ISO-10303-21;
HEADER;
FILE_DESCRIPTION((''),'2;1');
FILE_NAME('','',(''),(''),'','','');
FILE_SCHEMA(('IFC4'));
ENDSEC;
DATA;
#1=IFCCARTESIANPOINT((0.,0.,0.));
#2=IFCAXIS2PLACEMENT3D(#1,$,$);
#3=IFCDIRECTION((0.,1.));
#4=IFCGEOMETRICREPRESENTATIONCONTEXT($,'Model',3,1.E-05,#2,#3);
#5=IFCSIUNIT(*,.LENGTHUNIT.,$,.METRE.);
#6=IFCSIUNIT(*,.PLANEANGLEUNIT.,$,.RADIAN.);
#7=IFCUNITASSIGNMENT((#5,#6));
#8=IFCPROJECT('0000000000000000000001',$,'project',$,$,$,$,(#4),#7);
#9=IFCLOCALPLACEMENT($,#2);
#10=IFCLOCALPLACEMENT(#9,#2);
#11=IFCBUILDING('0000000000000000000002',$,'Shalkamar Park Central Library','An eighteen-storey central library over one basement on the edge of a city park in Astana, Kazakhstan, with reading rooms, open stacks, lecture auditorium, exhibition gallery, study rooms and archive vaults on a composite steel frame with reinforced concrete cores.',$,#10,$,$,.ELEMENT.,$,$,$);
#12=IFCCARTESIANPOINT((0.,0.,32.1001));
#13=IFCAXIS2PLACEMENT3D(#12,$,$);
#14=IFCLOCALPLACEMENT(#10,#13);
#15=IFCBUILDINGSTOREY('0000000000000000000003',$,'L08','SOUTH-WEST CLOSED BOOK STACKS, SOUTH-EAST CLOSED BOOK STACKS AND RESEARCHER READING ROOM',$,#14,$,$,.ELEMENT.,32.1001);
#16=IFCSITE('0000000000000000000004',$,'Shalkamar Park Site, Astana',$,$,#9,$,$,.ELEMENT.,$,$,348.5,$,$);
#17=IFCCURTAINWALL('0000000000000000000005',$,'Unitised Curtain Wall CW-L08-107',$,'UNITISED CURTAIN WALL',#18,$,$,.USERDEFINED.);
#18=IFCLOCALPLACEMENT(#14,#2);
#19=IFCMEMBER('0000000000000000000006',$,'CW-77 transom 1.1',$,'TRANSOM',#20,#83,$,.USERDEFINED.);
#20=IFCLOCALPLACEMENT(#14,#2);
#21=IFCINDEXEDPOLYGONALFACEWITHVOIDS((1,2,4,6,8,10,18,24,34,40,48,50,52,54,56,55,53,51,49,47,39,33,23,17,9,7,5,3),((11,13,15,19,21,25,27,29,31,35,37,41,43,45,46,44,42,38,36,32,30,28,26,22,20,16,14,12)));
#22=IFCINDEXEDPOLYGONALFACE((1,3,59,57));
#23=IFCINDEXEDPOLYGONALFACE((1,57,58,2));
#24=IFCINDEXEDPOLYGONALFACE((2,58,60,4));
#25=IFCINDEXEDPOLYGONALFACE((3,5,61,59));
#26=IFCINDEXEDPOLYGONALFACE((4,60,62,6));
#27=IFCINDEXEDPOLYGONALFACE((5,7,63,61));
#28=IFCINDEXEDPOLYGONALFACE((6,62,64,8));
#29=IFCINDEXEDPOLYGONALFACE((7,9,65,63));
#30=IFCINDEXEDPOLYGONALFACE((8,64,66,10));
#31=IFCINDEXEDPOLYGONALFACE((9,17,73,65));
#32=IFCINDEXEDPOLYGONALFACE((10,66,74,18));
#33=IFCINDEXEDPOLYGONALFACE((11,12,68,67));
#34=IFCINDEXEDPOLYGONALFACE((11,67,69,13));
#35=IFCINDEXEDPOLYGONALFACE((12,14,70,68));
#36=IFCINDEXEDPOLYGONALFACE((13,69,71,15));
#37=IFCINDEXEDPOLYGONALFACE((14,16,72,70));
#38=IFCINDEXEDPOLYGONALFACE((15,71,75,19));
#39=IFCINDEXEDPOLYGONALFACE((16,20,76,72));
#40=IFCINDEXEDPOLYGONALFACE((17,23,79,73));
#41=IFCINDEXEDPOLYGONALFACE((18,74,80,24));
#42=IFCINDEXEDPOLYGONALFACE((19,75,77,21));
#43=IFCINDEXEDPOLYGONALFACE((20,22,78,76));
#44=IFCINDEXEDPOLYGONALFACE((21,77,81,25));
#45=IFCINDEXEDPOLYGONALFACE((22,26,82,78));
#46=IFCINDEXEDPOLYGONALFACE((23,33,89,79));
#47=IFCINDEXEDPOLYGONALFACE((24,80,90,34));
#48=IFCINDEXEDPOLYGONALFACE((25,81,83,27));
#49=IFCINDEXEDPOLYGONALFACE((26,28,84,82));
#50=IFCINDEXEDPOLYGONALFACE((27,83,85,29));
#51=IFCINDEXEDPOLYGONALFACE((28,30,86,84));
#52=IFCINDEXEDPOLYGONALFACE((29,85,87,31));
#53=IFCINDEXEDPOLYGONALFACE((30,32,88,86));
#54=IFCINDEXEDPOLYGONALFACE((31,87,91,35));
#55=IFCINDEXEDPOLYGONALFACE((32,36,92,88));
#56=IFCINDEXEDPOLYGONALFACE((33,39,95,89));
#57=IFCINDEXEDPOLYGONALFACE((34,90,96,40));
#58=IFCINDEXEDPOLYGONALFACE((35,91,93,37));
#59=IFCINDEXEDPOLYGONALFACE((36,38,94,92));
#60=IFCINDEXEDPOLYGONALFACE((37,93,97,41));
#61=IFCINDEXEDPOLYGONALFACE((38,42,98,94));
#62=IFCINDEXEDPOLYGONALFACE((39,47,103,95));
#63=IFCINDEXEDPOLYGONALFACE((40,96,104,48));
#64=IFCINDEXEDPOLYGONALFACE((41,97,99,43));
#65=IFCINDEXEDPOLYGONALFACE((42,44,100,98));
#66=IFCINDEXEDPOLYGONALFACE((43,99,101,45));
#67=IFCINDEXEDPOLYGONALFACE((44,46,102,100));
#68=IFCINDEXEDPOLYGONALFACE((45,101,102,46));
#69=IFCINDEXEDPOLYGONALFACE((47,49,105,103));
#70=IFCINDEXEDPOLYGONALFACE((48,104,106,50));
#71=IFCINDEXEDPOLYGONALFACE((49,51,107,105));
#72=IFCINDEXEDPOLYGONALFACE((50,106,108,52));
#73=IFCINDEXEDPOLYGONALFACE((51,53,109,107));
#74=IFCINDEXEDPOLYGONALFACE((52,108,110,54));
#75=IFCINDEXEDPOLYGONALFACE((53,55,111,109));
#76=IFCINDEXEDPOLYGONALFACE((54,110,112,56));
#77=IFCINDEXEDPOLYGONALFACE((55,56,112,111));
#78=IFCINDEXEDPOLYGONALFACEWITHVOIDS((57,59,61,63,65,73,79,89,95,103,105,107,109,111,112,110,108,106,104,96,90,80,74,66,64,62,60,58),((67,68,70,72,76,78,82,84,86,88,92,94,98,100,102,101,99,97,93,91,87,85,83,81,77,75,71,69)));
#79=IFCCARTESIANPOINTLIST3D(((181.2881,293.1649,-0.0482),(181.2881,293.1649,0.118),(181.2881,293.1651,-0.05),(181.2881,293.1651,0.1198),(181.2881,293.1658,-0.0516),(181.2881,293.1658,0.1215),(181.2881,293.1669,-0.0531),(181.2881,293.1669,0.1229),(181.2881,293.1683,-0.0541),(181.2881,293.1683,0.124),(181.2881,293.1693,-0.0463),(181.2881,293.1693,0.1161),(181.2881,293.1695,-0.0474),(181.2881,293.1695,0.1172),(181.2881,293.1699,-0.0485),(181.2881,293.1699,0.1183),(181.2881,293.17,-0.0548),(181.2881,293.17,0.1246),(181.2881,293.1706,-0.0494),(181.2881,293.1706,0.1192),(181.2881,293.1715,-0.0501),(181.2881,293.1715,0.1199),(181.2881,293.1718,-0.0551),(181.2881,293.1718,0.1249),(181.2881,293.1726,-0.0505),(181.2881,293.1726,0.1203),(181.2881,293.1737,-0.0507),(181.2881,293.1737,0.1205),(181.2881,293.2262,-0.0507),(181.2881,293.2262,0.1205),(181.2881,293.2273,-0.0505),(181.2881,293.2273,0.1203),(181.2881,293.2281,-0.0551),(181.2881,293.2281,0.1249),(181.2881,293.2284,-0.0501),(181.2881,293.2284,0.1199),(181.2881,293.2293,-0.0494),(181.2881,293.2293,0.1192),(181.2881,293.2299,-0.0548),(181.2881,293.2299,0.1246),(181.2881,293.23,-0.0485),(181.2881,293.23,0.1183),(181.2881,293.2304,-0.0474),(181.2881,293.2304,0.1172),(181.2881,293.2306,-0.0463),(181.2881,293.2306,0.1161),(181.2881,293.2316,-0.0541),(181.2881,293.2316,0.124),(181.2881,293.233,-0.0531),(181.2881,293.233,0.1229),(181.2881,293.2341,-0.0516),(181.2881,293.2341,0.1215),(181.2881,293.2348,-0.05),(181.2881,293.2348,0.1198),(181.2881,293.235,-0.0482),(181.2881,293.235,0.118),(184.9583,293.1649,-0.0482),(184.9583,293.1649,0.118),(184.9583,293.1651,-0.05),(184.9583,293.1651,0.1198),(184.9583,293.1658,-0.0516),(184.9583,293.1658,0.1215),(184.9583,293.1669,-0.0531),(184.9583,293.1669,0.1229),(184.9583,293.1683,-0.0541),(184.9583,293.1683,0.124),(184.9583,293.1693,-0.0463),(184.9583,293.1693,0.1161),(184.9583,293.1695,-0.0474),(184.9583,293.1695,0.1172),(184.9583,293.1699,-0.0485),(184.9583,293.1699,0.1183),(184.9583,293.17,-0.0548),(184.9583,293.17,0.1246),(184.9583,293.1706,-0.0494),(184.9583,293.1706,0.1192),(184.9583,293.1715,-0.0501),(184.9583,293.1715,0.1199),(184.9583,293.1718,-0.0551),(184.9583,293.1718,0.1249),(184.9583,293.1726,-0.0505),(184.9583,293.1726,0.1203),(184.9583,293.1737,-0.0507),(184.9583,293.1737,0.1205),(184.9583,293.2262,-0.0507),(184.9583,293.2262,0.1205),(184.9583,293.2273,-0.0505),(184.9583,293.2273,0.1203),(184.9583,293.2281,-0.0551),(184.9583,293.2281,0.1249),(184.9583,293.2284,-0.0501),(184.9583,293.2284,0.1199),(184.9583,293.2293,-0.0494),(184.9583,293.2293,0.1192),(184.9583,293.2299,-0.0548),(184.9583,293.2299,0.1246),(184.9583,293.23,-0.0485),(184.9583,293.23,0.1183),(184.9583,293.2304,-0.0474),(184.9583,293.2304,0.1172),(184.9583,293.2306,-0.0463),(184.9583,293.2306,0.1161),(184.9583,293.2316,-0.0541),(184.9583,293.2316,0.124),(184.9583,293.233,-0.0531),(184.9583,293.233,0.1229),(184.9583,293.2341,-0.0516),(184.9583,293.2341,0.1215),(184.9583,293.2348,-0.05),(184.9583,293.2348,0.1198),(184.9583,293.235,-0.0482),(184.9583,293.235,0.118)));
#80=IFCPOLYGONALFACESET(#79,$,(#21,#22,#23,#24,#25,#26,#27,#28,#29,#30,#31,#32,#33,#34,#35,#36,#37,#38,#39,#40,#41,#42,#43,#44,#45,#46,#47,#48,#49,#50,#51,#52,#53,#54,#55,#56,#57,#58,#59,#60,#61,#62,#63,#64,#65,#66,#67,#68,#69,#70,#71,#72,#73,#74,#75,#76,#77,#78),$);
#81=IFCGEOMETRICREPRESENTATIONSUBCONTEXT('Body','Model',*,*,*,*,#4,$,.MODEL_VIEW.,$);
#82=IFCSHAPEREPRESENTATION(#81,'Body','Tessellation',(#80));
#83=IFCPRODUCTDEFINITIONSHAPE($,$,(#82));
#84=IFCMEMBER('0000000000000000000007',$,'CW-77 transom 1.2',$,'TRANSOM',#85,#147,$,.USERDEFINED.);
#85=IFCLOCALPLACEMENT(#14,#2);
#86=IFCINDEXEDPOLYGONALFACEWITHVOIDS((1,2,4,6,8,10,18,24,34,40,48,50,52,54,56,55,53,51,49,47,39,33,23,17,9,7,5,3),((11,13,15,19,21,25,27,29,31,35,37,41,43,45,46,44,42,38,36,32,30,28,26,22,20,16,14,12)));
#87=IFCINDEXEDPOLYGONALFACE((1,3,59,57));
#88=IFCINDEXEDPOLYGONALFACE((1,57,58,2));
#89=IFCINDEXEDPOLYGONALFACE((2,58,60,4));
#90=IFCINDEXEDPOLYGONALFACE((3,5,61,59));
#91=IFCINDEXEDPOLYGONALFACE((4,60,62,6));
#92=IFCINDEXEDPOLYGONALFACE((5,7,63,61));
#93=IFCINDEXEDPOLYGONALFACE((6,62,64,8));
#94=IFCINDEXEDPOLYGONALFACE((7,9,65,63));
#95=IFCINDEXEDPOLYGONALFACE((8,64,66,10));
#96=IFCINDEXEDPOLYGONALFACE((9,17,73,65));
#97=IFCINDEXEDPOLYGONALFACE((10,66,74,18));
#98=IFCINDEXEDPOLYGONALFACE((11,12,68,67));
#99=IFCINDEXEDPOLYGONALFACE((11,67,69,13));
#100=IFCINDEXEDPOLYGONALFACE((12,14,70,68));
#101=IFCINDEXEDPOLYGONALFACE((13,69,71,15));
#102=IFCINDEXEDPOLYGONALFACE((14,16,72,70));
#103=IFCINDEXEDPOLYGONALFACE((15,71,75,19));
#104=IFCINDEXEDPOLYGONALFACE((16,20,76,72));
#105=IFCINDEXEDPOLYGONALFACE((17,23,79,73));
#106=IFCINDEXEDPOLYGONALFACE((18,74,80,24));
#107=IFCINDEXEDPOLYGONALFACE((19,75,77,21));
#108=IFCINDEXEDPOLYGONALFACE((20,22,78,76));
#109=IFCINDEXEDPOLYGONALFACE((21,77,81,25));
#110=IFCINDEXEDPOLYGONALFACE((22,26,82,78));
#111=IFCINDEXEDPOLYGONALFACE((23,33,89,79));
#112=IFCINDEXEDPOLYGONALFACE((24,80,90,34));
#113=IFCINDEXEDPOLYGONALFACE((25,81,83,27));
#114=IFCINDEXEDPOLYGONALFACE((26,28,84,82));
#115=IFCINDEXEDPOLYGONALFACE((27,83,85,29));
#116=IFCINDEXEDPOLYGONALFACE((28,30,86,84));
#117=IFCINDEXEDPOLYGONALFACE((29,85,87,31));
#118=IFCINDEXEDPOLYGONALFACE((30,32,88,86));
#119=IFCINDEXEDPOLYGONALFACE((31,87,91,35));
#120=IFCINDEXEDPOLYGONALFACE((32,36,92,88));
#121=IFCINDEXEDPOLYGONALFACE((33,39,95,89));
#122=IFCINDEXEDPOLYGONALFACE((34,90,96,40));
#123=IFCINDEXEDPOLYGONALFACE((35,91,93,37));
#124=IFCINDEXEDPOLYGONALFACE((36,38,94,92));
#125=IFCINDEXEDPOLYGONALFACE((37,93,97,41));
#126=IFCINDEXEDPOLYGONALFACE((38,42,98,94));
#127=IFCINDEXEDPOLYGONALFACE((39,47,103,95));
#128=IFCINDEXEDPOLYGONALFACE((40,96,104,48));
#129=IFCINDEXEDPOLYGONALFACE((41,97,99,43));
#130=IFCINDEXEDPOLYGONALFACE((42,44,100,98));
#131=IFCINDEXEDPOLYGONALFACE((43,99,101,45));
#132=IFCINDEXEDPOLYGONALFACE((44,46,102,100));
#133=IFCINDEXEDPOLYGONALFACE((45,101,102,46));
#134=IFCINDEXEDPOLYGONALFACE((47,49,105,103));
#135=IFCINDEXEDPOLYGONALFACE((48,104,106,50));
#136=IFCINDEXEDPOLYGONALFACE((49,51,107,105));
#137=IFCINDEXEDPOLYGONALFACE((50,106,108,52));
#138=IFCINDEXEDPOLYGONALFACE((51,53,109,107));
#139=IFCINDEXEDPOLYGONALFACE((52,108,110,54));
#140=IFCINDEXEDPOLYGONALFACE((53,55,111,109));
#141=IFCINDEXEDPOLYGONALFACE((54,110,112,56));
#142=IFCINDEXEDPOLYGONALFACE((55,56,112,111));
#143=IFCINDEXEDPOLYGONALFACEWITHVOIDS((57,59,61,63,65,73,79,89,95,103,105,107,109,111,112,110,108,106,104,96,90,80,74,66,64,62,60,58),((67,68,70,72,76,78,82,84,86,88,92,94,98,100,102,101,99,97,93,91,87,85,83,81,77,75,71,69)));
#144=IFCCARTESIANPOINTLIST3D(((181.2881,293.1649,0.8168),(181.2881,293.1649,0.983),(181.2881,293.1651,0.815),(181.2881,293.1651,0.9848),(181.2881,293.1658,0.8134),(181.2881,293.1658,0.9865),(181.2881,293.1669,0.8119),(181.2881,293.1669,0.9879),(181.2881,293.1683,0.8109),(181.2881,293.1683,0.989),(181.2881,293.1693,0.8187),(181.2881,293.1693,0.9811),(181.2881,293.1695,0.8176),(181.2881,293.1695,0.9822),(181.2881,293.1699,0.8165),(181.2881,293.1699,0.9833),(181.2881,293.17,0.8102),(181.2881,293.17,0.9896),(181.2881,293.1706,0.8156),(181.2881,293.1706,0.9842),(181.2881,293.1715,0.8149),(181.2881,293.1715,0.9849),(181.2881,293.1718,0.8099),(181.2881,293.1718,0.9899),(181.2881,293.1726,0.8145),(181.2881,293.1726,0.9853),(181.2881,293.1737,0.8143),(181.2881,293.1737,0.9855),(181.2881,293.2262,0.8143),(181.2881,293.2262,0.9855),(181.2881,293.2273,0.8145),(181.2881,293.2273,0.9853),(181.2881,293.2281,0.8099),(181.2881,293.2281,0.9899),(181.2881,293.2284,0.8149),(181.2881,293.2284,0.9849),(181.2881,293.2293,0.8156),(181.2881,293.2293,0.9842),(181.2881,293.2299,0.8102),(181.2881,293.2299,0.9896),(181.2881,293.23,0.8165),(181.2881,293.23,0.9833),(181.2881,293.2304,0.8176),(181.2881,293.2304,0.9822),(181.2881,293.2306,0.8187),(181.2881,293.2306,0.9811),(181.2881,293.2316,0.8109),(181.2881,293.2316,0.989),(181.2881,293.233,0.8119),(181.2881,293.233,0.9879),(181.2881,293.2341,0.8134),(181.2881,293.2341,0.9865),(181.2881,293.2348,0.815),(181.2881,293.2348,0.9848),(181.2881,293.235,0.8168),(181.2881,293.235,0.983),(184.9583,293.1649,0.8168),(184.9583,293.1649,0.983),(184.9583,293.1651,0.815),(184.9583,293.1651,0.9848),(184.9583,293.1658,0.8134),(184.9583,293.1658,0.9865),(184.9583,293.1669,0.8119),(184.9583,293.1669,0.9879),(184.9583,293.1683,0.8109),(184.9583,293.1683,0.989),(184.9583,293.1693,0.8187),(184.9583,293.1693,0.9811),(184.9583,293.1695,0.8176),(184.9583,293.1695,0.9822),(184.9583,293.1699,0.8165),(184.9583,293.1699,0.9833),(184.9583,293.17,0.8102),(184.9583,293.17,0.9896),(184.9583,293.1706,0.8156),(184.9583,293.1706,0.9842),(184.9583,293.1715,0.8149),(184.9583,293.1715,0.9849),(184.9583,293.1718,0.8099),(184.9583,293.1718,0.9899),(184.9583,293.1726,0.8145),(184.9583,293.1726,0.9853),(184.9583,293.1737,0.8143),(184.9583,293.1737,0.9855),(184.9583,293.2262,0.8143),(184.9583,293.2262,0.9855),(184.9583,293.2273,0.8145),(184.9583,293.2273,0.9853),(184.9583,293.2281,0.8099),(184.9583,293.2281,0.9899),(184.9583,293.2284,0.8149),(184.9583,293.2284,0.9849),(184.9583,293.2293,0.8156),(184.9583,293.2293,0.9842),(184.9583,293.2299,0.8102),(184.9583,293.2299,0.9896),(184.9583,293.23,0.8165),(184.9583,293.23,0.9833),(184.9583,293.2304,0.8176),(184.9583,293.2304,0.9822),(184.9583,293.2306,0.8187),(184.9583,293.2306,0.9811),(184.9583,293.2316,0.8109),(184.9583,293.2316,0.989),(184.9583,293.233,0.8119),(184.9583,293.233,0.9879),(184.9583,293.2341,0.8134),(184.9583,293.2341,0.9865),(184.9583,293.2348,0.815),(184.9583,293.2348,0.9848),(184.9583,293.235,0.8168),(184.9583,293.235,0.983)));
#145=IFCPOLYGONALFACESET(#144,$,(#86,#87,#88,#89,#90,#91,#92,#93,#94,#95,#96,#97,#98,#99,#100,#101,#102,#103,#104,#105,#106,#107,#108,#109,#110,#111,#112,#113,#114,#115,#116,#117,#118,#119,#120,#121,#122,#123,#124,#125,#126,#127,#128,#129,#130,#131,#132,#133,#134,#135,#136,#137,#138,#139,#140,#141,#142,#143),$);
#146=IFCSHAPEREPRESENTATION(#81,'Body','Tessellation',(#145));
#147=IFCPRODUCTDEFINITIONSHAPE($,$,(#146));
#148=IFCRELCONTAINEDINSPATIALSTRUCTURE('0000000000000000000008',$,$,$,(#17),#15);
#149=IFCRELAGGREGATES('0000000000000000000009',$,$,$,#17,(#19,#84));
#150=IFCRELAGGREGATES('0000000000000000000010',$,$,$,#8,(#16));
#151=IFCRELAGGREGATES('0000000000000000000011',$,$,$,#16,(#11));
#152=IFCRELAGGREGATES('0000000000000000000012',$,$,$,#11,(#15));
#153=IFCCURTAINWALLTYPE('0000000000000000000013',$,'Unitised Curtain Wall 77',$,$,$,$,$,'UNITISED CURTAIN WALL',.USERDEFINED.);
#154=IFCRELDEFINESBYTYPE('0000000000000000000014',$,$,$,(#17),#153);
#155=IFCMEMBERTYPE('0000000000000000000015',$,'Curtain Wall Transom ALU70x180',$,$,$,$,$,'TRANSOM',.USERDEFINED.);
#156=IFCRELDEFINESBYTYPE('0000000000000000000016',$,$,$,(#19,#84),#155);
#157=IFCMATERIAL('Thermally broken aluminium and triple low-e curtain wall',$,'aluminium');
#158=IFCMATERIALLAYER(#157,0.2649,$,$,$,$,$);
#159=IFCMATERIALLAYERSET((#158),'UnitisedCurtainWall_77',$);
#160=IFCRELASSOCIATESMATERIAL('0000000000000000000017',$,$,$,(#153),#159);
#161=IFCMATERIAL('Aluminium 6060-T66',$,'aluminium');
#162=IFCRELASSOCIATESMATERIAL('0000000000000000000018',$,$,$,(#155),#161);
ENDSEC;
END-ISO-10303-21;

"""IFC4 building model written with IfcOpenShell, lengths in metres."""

from ifc_helpers import new_model, si_unit, direction, frame, origin, origin_2d, place, context, subcontext, project, spatial, hollow_rectangle, extrude, material, layer, layer_set, material_profile, profile_set, type_object, element, aggregate, save


model = new_model("IFC4")

# Units and contexts
model_context = context("Model", 3, precision=1e-05, world=origin(), true_north=direction((0.0, 1.0)))
body_context = subcontext(model_context, "Body", "Model", "MODEL_VIEW")
ifc_project = project(units=[si_unit("LENGTHUNIT", "METRE"), si_unit("PLANEANGLEUNIT", "RADIAN")], contexts=[model_context])

# Site, building, storey
site_placement = place(None, origin())
site = spatial("IfcSite", under=ifc_project, at=site_placement, Name="Shalkamar Park Site, Astana", CompositionType="ELEMENT", RefElevation=348.5)
building_placement = place(site_placement, origin())
building = spatial("IfcBuilding", under=site, at=building_placement, Name="Shalkamar Park Central Library", Description="An eighteen-storey central library over one basement on the edge of a city park in Astana, Kazakhstan, with reading rooms, open stacks, lecture auditorium, exhibition gallery, study rooms and archive vaults on a composite steel frame with reinforced concrete cores.", CompositionType="ELEMENT")
storey_placement = place(building_placement, frame((0.0, 0.0, 32.1001)))
storey = spatial("IfcBuildingStorey", under=building, at=storey_placement, Name="L08", Description="SOUTH-WEST CLOSED BOOK STACKS, SOUTH-EAST CLOSED BOOK STACKS AND RESEARCHER READING ROOM", CompositionType="ELEMENT", Elevation=32.1001)

# Curtain wall
ifc_material_1 = material(Name="Thermally broken aluminium and triple low-e curtain wall", Category="aluminium")
ifc_layer_1 = layer(ifc_material_1, 0.2649)
ifc_layer_set_1 = layer_set([ifc_layer_1], Name="UnitisedCurtainWall_77")
curtain_wall_type_1 = type_object("IfcCurtainWallType", Name="Unitised Curtain Wall 77", ElementType="UNITISED CURTAIN WALL", PredefinedType="USERDEFINED", material=ifc_layer_set_1)
curtain_wall_1_placement = place(storey_placement, origin())
curtain_wall_1 = element("IfcCurtainWall", 1, at=curtain_wall_1_placement, inside=storey, type_object=curtain_wall_type_1, Name="Unitised Curtain Wall CW-L08-107", ObjectType="UNITISED CURTAIN WALL", PredefinedType="USERDEFINED")
ifc_material_2 = material(Name="Aluminium 6060-T66", Category="aluminium")

# Members
ifc_material_profile_1 = material_profile(ifc_material_2, hollow_rectangle(XDim=0.0701, YDim=0.1799, WallThickness=0.0044, InnerFilletRadius=0.0044, OuterFilletRadius=0.0068, at=origin_2d()), Name="ALU 70x180x4.5")
ifc_profile_set_1 = profile_set([ifc_material_profile_1], Name="Aluminium 6060-T66")
member_type_1 = type_object("IfcMemberType", Name="Curtain Wall Transom ALU70x180", ElementType="TRANSOM", PredefinedType="USERDEFINED", material=ifc_profile_set_1)
member_1_placement = place(storey_placement, frame((181.2881, 293.2, 0.0349), z_axis=(1.0, 0.0, 0.0), x_axis=(0.0, 1.0, 0.0)))
member_1 = element("IfcMember", 2, at=member_1_placement, type_object=member_type_1, Name="CW-77 transom 1.1", ObjectType="TRANSOM", PredefinedType="USERDEFINED", context=body_context, shape_type="SweptSolid", body=[
    extrude(hollow_rectangle(XDim=0.0701, YDim=0.1799, WallThickness=0.0044, InnerFilletRadius=0.0044, OuterFilletRadius=0.0068, at=origin_2d()), origin(), (0.0, 0.0, 1.0), 3.6702),
])
member_2_placement = place(storey_placement, frame((181.2881, 293.2, 0.8999), z_axis=(1.0, 0.0, 0.0), x_axis=(0.0, 1.0, 0.0)))
member_2 = element("IfcMember", 3, at=member_2_placement, type_object=member_type_1, Name="CW-77 transom 1.2", ObjectType="TRANSOM", PredefinedType="USERDEFINED", context=body_context, shape_type="SweptSolid", body=[
    extrude(hollow_rectangle(XDim=0.0701, YDim=0.1799, WallThickness=0.0044, InnerFilletRadius=0.0044, OuterFilletRadius=0.0068, at=origin_2d()), origin(), (0.0, 0.0, 1.0), 3.6702),
])

aggregate(curtain_wall_1, [member_1, member_2])

save(model, "model.ifc")
